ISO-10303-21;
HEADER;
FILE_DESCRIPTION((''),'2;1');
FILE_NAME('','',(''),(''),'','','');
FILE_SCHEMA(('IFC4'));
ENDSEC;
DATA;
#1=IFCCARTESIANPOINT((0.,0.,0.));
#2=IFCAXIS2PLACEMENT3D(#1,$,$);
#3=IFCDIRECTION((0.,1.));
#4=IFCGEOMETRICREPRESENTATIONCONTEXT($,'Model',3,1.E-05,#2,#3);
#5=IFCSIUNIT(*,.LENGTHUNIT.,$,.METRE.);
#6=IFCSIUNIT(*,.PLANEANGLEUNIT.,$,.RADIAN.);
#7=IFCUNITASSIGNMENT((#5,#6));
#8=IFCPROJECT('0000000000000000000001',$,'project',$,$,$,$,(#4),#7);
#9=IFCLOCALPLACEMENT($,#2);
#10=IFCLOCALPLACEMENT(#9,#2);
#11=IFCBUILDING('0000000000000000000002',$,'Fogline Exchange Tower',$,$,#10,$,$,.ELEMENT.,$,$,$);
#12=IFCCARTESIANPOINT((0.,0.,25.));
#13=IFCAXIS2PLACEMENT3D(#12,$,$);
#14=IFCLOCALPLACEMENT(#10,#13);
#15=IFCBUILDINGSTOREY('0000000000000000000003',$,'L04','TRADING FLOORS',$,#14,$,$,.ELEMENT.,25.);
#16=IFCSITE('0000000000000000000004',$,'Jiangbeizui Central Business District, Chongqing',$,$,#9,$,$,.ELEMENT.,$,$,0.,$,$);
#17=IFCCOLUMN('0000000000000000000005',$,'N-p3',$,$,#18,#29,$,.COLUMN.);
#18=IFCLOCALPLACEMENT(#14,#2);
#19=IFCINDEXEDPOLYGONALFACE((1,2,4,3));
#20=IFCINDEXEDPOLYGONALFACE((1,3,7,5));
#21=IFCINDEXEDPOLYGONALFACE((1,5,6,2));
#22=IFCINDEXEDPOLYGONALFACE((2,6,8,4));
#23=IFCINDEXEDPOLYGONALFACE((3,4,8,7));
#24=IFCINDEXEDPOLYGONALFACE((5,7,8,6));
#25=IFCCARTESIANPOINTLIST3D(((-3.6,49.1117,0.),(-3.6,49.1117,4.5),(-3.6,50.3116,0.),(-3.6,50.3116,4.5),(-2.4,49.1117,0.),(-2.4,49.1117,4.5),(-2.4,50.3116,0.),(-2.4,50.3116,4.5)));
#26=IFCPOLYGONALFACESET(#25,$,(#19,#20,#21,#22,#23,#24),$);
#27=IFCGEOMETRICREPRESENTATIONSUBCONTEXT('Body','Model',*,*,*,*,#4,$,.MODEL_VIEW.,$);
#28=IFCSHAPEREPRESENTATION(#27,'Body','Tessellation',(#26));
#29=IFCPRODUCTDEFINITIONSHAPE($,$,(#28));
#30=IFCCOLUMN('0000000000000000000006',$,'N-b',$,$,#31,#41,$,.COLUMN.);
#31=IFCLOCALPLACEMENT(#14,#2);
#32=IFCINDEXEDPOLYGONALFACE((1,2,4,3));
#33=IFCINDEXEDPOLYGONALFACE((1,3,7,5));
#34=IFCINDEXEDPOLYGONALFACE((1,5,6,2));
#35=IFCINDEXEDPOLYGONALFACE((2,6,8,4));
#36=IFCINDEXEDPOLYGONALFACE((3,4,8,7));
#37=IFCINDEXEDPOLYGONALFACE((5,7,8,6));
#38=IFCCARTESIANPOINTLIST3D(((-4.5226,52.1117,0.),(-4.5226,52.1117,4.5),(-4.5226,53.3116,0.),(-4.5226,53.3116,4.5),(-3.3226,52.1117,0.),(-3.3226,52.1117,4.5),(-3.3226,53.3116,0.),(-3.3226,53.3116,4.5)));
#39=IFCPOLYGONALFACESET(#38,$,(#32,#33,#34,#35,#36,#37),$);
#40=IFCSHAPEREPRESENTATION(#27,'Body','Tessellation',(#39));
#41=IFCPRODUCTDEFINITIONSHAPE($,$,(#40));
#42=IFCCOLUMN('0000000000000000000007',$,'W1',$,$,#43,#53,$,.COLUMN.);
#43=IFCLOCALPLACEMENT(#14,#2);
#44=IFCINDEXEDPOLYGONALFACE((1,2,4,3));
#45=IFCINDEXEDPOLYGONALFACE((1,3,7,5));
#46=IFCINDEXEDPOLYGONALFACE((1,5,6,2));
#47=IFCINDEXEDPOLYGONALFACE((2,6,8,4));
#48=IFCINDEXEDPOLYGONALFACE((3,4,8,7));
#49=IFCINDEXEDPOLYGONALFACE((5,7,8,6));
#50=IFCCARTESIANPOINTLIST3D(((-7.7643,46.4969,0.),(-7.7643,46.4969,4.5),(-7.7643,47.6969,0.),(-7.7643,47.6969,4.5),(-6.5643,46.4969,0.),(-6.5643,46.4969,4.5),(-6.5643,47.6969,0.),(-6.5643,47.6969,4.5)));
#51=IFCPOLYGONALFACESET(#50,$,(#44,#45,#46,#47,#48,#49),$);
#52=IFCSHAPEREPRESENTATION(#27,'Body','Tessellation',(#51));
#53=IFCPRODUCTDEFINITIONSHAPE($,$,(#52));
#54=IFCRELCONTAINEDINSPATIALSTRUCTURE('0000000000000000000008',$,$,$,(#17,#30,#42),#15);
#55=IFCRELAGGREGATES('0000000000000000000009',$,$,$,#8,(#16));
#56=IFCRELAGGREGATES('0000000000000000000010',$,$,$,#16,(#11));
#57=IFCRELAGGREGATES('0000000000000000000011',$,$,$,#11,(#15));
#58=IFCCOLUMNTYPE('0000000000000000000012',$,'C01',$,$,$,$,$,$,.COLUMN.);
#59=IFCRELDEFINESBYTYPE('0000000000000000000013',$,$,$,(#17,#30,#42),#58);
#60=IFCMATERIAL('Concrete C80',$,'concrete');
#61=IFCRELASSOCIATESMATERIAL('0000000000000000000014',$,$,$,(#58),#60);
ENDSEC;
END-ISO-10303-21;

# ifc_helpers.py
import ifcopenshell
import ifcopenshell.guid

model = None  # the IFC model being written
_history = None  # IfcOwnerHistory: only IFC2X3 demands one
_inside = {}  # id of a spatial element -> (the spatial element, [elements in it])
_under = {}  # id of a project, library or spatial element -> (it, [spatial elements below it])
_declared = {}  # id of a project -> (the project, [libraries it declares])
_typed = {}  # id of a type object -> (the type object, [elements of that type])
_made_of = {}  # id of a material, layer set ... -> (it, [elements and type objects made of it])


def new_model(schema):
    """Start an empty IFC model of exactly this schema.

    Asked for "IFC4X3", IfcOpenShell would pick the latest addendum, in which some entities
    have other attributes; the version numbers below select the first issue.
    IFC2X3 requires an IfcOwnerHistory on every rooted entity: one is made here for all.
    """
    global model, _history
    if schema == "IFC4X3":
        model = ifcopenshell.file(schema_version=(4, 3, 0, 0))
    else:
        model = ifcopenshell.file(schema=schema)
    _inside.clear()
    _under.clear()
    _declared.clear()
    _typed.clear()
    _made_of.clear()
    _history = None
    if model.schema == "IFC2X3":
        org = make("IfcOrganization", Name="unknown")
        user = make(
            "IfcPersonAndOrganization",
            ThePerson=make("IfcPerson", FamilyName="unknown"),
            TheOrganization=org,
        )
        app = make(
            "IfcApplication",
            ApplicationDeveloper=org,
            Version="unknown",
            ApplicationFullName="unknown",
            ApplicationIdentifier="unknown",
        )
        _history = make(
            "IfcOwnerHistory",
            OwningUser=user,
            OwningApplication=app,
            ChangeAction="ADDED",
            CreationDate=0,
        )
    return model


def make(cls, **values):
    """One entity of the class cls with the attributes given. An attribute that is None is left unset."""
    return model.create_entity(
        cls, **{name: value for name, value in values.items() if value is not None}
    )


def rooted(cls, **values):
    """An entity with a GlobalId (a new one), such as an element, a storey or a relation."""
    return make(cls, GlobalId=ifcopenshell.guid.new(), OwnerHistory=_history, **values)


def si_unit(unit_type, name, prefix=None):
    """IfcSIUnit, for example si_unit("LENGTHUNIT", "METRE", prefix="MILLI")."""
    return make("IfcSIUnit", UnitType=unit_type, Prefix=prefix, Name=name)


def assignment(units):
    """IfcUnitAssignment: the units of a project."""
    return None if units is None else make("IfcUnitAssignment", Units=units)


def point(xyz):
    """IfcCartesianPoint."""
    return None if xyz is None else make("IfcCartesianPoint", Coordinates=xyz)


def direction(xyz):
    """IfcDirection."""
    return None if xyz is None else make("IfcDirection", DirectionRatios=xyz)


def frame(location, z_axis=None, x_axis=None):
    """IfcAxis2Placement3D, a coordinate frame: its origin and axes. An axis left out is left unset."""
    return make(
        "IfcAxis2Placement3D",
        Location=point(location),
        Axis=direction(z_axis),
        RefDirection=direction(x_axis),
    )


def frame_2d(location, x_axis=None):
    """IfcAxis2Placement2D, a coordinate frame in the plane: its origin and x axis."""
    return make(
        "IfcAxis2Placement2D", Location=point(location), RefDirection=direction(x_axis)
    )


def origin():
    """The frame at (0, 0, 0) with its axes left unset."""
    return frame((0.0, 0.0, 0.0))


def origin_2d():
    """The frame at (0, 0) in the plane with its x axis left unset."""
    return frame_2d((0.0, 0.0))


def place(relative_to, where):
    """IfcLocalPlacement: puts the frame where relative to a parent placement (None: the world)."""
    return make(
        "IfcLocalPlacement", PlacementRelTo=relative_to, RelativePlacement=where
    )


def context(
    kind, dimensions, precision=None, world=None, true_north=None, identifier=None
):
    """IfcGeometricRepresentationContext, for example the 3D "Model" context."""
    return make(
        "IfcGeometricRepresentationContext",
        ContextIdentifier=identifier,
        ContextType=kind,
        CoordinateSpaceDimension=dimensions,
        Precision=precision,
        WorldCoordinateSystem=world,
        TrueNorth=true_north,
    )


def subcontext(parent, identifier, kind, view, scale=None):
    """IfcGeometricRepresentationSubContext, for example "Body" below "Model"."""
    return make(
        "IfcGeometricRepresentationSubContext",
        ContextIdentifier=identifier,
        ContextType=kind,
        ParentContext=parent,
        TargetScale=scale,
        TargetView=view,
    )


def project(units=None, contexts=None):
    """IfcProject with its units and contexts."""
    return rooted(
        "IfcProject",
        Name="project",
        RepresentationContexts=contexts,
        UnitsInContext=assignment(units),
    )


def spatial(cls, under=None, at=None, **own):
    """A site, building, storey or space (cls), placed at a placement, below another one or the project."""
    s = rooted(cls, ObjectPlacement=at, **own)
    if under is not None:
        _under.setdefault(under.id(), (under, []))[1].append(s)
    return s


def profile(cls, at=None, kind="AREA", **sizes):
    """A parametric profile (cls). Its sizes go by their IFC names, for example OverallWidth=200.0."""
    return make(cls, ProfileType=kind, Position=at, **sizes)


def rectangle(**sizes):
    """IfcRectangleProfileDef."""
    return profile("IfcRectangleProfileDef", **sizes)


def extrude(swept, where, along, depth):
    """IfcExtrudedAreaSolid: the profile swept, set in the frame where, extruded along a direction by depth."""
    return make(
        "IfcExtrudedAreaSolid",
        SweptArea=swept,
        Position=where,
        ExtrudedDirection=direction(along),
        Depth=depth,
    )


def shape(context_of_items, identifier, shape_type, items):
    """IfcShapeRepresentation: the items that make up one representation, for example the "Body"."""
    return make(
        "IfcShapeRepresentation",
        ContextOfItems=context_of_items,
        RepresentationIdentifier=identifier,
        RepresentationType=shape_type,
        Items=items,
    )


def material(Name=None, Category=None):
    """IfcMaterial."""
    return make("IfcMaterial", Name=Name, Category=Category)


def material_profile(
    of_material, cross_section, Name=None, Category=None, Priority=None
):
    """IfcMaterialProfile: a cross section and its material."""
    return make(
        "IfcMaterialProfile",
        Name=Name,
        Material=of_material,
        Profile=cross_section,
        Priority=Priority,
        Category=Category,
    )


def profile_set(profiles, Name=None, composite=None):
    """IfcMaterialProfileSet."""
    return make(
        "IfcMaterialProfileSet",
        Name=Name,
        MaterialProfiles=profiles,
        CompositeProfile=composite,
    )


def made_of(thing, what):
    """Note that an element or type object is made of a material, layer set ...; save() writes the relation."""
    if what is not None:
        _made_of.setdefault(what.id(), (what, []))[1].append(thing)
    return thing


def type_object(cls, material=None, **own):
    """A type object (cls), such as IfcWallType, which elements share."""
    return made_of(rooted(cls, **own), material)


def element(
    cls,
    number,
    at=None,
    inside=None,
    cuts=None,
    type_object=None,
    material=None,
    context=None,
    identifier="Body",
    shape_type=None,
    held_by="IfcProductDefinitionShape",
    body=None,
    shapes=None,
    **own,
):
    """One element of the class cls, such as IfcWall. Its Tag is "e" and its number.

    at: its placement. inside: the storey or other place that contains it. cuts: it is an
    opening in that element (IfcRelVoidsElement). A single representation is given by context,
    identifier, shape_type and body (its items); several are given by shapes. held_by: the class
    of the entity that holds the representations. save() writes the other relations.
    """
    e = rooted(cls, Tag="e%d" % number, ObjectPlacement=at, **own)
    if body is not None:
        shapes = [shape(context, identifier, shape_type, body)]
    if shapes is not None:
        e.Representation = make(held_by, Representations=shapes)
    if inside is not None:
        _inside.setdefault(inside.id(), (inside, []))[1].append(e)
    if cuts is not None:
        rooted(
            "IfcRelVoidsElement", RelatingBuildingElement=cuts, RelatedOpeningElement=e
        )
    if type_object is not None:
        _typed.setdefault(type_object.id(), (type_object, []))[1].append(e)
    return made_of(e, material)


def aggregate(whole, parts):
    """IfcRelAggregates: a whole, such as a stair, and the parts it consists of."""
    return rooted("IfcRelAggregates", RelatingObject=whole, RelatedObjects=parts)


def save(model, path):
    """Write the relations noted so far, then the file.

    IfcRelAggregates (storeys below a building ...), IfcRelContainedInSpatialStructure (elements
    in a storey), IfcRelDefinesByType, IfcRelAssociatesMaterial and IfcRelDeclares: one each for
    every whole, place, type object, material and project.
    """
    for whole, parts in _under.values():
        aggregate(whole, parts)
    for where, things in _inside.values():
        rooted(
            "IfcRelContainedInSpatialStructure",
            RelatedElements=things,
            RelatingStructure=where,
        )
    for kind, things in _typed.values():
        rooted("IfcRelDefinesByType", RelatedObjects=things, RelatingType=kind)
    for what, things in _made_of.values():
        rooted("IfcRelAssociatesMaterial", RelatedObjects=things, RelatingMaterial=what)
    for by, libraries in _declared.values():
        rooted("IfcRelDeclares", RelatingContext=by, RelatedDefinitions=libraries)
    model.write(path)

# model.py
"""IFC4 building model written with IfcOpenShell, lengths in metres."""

from ifc_helpers import new_model, si_unit, direction, frame, origin, origin_2d, place, context, subcontext, project, spatial, rectangle, extrude, material, material_profile, profile_set, type_object, element, save


model = new_model("IFC4")

# Units and contexts
model_context = context("Model", 3, precision=1e-05, world=origin(), true_north=direction((0.0, 1.0)))
body_context = subcontext(model_context, "Body", "Model", "MODEL_VIEW")
ifc_project = project(units=[si_unit("LENGTHUNIT", "METRE"), si_unit("PLANEANGLEUNIT", "RADIAN")], contexts=[model_context])

# Site, building, storey
site_placement = place(None, origin())
site = spatial("IfcSite", under=ifc_project, at=site_placement, Name="Jiangbeizui Central Business District, Chongqing", CompositionType="ELEMENT", RefElevation=0.0)
building_placement = place(site_placement, origin())
building = spatial("IfcBuilding", under=site, at=building_placement, Name="Fogline Exchange Tower", CompositionType="ELEMENT")
storey_placement = place(building_placement, frame((0.0, 0.0, 25.0)))
storey = spatial("IfcBuildingStorey", under=building, at=storey_placement, Name="L04", Description="TRADING FLOORS", CompositionType="ELEMENT", Elevation=25.0)

# Columns
ifc_material_1 = material(Name="Concrete C80", Category="concrete")
ifc_material_profile = material_profile(ifc_material_1, rectangle(XDim=1.2, YDim=1.2, at=origin_2d()), Name="RC 1200x1200")
ifc_profile_set = profile_set([ifc_material_profile], Name="Concrete C80")
column_type = type_object("IfcColumnType", Name="C01", PredefinedType="COLUMN", material=ifc_profile_set)
for number, where, z_axis, x_axis, name in (
    (1, (-3.0, 49.7117, 0.0), (0.0, 0.0, 1.0), (1.0, 0.0, 0.0), "N-p3"),
    (2, (-3.9226, 52.7117, 0.0), (0.0, 0.0, 1.0), (1.0, 0.0, 0.0), "N-b"),
    (3, (-7.1643, 47.0969, 0.0), (0.0, 0.0, 1.0), (1.0, 0.0, 0.0), "W1"),
):
    element("IfcColumn", number, at=place(storey_placement, frame(where, z_axis=z_axis, x_axis=x_axis)), inside=storey, type_object=column_type, Name=name, PredefinedType="COLUMN", context=body_context, shape_type="SweptSolid", body=[
        extrude(rectangle(XDim=1.2, YDim=1.2, at=origin_2d()), origin(), (0.0, 0.0, 1.0), 4.5),
    ])

save(model, "model.ifc")
